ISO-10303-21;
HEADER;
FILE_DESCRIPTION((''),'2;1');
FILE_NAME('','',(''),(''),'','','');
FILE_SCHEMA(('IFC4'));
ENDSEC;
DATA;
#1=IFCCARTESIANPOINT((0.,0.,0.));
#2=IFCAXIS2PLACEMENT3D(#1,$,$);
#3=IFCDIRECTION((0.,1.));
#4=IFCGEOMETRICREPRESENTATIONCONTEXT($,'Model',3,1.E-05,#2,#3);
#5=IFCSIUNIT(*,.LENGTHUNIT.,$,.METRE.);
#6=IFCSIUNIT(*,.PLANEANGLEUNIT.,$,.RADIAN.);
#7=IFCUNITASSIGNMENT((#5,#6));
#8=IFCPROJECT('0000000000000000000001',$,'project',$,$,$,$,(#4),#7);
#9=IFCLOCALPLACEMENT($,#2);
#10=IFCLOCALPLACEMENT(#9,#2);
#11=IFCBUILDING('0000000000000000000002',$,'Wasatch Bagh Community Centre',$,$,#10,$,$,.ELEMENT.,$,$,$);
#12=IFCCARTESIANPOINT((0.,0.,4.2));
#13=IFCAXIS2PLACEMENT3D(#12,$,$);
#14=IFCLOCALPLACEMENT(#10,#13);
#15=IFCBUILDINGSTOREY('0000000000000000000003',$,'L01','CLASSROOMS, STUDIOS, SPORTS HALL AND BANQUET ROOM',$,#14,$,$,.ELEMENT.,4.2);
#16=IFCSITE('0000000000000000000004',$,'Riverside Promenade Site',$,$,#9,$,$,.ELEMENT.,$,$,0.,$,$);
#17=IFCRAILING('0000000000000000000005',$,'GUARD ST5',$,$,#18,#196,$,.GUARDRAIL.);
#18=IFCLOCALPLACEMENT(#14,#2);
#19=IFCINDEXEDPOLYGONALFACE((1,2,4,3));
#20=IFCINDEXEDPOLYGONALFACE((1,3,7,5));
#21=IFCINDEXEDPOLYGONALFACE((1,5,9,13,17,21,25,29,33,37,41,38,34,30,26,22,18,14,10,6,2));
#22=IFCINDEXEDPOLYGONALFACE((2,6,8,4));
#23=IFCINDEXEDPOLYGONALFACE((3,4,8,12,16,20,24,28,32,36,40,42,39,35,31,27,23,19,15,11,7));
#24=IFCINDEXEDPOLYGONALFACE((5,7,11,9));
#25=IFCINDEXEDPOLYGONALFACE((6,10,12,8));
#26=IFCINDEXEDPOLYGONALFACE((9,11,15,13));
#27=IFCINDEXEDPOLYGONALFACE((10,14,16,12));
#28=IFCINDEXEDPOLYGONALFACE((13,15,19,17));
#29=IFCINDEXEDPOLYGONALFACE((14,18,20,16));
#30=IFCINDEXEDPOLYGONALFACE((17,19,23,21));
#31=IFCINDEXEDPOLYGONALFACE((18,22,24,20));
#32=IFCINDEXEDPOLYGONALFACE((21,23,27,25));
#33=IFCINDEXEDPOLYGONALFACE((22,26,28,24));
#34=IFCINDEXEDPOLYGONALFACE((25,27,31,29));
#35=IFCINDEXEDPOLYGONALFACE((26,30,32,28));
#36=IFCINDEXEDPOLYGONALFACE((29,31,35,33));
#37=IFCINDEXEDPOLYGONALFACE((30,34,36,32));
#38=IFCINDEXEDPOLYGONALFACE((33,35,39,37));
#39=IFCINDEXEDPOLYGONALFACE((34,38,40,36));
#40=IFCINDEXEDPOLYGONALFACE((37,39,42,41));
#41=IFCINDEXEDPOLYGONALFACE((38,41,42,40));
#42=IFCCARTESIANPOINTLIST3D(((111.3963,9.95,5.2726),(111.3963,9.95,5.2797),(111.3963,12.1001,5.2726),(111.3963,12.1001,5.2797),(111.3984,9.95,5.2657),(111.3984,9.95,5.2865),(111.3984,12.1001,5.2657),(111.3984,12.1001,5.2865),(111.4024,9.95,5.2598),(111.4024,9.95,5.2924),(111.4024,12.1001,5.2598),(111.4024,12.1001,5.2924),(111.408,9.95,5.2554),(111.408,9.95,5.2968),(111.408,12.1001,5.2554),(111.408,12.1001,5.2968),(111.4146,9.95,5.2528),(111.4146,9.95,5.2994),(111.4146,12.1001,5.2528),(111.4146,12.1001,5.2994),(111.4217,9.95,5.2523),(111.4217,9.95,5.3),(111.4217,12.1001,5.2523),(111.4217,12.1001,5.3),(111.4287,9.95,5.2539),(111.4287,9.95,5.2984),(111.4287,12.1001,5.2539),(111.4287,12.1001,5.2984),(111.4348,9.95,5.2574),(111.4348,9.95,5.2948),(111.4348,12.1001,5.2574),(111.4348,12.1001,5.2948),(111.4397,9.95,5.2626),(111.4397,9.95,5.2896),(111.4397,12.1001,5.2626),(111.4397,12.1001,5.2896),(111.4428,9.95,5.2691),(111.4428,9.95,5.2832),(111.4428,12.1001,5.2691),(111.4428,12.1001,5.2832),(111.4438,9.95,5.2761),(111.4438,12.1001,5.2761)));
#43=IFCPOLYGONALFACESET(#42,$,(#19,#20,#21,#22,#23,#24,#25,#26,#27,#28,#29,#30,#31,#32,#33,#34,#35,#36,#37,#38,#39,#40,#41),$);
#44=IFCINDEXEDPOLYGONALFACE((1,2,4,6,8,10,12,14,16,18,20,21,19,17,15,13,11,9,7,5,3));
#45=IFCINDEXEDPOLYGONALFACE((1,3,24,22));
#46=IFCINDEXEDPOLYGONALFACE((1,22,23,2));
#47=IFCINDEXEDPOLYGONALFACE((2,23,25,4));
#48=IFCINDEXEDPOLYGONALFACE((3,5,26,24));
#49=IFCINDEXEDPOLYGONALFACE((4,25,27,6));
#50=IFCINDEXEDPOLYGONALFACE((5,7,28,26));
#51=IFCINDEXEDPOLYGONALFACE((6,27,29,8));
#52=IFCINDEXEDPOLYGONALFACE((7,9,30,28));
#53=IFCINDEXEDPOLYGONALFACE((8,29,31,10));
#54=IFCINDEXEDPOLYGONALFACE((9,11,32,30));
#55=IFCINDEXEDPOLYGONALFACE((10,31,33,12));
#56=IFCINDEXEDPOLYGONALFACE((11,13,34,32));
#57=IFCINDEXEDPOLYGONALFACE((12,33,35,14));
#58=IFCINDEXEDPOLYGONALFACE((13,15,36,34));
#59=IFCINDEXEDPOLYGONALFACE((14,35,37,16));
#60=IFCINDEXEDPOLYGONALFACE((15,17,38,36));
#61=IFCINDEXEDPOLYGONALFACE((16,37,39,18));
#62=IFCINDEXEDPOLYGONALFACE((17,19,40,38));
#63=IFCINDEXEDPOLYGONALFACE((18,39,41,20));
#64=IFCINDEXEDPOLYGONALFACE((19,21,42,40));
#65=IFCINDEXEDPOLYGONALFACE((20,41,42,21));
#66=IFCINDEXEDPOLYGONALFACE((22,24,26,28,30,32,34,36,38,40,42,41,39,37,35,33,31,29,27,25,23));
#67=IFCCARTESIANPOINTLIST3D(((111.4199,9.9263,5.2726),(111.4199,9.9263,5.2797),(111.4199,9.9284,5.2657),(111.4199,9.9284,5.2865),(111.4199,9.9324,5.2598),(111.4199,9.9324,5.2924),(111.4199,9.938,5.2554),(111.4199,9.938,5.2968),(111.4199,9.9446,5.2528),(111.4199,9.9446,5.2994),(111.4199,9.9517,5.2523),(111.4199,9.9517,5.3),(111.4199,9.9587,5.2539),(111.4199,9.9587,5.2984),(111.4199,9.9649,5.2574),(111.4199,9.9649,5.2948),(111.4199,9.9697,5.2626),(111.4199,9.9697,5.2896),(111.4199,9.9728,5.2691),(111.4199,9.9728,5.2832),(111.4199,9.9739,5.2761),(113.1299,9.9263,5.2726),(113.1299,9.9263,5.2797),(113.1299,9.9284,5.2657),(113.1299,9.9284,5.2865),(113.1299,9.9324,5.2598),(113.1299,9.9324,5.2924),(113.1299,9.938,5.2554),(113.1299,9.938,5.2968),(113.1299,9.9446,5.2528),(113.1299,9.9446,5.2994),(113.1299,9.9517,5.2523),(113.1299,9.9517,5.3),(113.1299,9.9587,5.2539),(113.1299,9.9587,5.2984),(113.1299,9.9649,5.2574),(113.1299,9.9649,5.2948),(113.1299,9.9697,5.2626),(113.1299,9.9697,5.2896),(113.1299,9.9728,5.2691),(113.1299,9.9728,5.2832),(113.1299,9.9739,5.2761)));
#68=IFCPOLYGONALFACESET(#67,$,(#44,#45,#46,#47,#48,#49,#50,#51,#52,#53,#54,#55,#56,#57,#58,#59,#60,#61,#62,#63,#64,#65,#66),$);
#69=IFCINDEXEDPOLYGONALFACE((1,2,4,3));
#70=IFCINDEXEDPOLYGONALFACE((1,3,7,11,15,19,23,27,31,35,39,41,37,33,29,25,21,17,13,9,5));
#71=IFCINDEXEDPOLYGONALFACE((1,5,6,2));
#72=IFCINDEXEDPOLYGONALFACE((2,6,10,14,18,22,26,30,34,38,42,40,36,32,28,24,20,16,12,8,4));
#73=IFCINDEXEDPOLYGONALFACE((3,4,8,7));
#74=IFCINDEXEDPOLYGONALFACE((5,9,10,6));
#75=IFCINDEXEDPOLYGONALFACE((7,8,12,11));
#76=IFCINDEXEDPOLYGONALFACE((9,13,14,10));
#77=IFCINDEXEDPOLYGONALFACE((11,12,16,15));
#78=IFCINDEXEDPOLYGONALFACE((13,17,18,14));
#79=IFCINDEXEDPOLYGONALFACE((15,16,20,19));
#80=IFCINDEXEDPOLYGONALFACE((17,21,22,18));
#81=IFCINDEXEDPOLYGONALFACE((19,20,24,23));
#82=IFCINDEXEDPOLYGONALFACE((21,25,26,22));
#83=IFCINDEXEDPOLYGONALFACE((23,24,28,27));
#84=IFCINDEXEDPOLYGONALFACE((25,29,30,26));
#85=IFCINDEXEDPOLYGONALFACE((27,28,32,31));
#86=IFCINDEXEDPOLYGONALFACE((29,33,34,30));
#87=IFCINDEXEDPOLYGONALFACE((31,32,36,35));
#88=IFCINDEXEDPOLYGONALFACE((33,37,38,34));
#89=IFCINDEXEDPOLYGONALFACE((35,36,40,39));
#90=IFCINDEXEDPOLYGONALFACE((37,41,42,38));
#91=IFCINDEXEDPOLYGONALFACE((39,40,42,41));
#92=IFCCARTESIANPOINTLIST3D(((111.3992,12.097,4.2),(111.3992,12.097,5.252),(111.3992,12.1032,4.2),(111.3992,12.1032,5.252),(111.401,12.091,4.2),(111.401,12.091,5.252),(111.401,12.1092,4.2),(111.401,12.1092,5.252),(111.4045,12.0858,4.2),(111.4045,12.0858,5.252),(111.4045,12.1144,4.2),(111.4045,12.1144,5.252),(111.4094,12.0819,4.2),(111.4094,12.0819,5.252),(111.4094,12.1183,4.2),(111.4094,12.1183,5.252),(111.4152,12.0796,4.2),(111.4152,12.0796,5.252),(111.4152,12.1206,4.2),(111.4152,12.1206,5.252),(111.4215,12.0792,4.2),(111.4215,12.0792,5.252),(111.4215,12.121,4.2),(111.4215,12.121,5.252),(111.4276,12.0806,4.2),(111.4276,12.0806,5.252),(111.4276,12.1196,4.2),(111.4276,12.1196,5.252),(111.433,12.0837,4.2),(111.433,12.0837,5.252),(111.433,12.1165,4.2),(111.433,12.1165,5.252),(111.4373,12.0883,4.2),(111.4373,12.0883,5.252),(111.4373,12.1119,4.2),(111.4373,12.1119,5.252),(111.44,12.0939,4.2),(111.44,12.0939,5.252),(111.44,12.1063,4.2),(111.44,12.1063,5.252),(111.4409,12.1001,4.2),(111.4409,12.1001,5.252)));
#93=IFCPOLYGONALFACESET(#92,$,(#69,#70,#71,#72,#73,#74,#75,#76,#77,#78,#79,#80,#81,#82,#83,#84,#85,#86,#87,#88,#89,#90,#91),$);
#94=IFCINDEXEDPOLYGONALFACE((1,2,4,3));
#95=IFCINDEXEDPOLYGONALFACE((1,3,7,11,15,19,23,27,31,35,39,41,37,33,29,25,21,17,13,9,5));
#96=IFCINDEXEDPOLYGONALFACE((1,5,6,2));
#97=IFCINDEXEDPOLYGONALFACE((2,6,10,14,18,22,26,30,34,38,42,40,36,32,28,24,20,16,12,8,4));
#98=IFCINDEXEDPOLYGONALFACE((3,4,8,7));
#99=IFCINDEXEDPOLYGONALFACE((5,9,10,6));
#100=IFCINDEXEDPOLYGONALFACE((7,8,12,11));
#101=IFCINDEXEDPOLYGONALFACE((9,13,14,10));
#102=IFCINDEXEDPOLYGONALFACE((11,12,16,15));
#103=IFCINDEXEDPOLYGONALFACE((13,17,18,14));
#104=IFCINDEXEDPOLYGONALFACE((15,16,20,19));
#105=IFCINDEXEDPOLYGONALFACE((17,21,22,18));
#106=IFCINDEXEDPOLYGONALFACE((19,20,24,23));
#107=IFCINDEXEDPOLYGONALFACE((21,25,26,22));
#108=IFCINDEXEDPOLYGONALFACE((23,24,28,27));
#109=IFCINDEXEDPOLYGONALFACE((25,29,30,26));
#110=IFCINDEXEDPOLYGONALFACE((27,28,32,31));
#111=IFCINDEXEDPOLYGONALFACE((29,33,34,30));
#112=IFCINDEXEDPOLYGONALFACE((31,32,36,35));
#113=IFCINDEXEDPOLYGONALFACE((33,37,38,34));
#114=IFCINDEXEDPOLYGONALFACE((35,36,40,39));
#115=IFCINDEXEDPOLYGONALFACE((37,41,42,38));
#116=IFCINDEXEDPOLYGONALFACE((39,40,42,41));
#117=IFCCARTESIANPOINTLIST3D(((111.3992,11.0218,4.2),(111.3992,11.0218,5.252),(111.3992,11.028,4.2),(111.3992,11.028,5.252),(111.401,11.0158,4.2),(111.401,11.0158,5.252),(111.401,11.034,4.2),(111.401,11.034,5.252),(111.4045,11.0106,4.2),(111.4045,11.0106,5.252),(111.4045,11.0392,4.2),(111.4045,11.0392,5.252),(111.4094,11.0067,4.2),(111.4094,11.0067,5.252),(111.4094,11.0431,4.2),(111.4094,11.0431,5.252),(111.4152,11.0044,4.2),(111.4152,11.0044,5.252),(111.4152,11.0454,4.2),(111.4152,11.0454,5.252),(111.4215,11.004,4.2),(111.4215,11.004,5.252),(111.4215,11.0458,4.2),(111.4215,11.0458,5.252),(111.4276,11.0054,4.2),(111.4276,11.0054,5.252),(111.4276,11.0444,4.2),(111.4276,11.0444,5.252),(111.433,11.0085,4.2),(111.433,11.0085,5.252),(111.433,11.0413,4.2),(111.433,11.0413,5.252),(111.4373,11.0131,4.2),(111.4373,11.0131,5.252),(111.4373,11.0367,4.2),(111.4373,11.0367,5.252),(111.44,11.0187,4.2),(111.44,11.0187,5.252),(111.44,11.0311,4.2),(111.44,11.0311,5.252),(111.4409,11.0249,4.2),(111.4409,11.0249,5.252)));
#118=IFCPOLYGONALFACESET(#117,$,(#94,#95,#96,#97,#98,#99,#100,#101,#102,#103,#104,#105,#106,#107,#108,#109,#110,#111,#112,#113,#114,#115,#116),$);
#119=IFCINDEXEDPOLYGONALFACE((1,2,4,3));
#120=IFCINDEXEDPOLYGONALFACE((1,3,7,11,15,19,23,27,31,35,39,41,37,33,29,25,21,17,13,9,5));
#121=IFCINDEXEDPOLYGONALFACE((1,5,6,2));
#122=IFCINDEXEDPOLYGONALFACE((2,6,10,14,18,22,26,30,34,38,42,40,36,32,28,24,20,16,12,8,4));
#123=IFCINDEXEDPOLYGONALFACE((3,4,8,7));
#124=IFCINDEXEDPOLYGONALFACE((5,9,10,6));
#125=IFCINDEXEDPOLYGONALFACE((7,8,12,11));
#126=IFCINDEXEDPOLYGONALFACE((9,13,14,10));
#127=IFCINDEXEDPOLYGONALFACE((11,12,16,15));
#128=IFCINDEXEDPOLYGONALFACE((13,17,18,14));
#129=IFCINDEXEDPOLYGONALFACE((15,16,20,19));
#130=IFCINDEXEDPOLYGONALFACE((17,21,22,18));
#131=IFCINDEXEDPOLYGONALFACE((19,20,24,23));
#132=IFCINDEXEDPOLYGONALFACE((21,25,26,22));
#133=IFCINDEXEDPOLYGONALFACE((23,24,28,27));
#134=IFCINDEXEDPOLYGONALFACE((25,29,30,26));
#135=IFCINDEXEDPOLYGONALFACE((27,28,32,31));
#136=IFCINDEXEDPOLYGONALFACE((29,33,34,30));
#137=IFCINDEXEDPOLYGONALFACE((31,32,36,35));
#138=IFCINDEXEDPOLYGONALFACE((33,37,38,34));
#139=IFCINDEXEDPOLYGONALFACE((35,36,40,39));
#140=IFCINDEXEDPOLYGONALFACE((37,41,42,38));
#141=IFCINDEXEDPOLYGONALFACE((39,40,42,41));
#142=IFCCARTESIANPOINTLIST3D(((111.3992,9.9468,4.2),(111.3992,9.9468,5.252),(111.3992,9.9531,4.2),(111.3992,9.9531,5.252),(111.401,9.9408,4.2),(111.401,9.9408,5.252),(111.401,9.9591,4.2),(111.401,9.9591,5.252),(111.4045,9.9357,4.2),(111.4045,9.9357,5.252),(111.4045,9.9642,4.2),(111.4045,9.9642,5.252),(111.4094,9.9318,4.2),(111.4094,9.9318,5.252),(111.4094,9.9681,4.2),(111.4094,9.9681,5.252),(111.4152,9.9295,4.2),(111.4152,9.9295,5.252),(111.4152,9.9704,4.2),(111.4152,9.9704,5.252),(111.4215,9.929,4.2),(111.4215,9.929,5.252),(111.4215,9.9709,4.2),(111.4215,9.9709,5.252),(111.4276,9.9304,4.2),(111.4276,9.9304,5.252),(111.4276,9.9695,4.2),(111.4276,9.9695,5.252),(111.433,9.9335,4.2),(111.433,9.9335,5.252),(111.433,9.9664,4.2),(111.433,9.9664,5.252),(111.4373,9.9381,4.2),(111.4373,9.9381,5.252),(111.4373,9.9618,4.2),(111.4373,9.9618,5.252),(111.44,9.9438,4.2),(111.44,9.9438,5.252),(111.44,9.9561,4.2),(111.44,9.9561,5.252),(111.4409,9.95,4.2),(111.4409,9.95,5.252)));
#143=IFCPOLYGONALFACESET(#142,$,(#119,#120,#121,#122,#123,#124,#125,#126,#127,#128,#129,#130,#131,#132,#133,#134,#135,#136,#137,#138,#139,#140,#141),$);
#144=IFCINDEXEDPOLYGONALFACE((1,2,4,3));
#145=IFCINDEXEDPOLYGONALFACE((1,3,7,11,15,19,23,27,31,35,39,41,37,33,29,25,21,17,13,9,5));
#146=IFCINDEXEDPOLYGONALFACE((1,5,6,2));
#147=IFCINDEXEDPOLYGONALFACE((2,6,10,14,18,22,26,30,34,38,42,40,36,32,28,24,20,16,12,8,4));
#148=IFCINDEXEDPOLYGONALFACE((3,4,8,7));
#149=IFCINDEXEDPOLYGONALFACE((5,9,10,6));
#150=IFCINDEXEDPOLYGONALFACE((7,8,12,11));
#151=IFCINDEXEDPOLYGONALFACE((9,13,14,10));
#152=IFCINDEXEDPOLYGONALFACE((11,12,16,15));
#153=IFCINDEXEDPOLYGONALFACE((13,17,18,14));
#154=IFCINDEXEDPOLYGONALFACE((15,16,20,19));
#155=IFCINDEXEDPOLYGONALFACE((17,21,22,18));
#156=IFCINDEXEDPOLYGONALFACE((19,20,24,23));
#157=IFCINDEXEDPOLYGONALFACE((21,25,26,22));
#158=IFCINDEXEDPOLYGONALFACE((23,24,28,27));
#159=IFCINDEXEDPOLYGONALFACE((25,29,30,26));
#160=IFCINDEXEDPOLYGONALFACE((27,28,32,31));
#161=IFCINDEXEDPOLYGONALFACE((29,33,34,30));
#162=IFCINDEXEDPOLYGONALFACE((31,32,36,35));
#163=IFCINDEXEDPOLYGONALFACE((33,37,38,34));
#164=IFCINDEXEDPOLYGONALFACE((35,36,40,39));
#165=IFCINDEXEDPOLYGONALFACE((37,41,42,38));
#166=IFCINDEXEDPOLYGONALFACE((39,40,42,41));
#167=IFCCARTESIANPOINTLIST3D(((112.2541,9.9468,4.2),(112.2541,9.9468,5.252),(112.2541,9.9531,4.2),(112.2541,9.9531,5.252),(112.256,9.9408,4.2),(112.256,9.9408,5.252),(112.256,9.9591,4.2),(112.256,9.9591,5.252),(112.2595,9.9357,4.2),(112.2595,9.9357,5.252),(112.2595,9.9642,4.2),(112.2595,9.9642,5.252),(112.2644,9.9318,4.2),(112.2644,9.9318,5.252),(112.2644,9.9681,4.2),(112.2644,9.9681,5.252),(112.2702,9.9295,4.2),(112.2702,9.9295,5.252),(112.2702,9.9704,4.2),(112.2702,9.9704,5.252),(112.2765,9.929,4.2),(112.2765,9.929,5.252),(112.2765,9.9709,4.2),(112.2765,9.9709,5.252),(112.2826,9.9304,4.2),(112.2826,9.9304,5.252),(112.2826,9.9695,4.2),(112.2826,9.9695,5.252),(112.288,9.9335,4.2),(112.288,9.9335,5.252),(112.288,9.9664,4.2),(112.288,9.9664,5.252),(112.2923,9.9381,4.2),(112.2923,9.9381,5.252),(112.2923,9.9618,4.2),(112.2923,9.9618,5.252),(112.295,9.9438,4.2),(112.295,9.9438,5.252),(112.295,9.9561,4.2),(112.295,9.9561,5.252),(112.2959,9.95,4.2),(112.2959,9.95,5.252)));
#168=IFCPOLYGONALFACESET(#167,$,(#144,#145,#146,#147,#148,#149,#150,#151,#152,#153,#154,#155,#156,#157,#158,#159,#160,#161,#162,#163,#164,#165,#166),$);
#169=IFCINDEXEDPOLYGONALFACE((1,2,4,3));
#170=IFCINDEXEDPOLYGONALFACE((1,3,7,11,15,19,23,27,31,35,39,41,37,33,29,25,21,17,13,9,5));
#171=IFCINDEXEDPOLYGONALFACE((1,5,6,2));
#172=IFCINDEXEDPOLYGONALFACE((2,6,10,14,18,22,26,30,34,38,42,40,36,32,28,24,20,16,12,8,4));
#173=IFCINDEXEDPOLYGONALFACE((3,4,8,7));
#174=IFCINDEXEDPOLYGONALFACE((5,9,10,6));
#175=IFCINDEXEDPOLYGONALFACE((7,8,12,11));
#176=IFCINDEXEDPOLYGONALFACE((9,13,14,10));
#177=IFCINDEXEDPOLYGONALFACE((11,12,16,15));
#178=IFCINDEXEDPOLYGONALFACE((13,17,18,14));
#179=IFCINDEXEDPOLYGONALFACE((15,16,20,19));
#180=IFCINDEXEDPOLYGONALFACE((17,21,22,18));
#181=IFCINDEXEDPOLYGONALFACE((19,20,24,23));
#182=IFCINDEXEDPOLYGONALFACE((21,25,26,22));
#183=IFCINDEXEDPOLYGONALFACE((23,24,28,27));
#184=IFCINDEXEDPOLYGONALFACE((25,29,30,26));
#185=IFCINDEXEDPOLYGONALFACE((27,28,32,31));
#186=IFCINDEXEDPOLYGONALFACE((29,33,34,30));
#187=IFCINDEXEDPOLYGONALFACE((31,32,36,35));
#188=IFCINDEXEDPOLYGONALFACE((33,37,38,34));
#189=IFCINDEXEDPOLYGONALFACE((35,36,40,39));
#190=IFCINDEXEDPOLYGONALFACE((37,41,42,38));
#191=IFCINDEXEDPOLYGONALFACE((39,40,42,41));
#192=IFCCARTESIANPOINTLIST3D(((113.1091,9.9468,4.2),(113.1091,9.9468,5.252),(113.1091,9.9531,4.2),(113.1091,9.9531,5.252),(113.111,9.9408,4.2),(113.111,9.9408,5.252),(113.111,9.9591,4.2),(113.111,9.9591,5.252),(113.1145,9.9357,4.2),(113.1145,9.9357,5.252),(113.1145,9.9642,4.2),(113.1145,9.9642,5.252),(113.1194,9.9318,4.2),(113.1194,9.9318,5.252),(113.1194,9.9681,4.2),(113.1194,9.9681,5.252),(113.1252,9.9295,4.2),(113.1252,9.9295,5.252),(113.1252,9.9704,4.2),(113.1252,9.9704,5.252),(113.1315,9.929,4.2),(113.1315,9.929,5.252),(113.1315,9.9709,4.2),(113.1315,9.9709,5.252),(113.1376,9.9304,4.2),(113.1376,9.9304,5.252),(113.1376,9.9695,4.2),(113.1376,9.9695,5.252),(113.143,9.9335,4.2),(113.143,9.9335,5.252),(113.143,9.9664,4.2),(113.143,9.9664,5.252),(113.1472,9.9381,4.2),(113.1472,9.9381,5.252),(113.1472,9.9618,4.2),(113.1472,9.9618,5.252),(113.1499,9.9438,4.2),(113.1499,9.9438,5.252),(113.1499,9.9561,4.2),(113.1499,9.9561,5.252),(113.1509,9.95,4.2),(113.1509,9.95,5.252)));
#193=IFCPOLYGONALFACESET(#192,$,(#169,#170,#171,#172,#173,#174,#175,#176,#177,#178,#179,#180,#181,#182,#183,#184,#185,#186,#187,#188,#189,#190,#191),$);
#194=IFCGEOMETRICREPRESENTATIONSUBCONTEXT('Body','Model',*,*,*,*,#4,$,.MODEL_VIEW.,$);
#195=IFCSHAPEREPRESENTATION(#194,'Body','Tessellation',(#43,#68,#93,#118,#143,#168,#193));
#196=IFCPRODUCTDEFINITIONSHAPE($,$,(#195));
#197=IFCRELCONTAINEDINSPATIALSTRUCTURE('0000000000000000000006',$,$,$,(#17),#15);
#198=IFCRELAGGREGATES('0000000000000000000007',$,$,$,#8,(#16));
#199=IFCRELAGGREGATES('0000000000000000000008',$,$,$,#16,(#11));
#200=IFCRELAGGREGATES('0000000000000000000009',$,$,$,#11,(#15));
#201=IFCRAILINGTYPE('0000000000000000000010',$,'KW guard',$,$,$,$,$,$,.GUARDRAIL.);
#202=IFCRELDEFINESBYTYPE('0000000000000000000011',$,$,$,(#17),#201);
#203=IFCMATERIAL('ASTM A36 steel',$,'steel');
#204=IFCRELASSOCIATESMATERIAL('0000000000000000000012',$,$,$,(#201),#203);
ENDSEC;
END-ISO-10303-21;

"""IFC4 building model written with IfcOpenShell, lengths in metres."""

from ifc_helpers import new_model, si_unit, direction, frame, origin, origin_2d, place, context, subcontext, project, spatial, circle, extrude, material, type_object, element, save


model = new_model("IFC4")

# Units and contexts
model_context = context("Model", 3, precision=1e-05, world=origin(), true_north=direction((0.0, 1.0)))
body_context = subcontext(model_context, "Body", "Model", "MODEL_VIEW")
ifc_project = project(units=[si_unit("LENGTHUNIT", "METRE"), si_unit("PLANEANGLEUNIT", "RADIAN")], contexts=[model_context])

# Site, building, storey
site_placement = place(None, origin())
site = spatial("IfcSite", under=ifc_project, at=site_placement, Name="Riverside Promenade Site", CompositionType="ELEMENT", RefElevation=0.0)
building_placement = place(site_placement, origin())
building = spatial("IfcBuilding", under=site, at=building_placement, Name="Wasatch Bagh Community Centre", CompositionType="ELEMENT")
storey_placement = place(building_placement, frame((0.0, 0.0, 4.2)))
storey = spatial("IfcBuildingStorey", under=building, at=storey_placement, Name="L01", Description="CLASSROOMS, STUDIOS, SPORTS HALL AND BANQUET ROOM", CompositionType="ELEMENT", Elevation=4.2)

# Railing
ifc_material_1 = material(Name="ASTM A36 steel", Category="steel")
railing_type_1 = type_object("IfcRailingType", Name="KW guard", PredefinedType="GUARDRAIL", material=ifc_material_1)
railing_placement = place(storey_placement, frame((111.4199, 12.1001, 4.2)))
element("IfcRailing", 1, at=railing_placement, inside=storey, type_object=railing_type_1, Name="GUARD ST5", PredefinedType="GUARDRAIL", context=body_context, shape_type="SweptSolid", body=[
    extrude(circle(Radius=0.0239, at=origin_2d()), frame((0.0, 0.0, 1.0762), z_axis=(0.0, -1.0, 0.0), x_axis=(1.0, 0.0, 0.0)), (0.0, 0.0, 1.0), 2.1501),
    extrude(circle(Radius=0.0239, at=origin_2d()), frame((0.0, -2.1501, 1.0762), z_axis=(1.0, 0.0, 0.0), x_axis=(0.0, 1.0, 0.0)), (0.0, 0.0, 1.0), 1.71),
    extrude(circle(Radius=0.021, at=origin_2d()), origin(), (0.0, 0.0, 1.0), 1.052),
    extrude(circle(Radius=0.021, at=origin_2d()), frame((0.0, -1.0752, 0.0)), (0.0, 0.0, 1.0), 1.052),
    extrude(circle(Radius=0.021, at=origin_2d()), frame((0.0, -2.1501, 0.0)), (0.0, 0.0, 1.0), 1.052),
    extrude(circle(Radius=0.021, at=origin_2d()), frame((0.855, -2.1501, 0.0)), (0.0, 0.0, 1.0), 1.052),
    extrude(circle(Radius=0.021, at=origin_2d()), frame((1.71, -2.1501, 0.0)), (0.0, 0.0, 1.0), 1.052),
])

save(model, "model.ifc")
